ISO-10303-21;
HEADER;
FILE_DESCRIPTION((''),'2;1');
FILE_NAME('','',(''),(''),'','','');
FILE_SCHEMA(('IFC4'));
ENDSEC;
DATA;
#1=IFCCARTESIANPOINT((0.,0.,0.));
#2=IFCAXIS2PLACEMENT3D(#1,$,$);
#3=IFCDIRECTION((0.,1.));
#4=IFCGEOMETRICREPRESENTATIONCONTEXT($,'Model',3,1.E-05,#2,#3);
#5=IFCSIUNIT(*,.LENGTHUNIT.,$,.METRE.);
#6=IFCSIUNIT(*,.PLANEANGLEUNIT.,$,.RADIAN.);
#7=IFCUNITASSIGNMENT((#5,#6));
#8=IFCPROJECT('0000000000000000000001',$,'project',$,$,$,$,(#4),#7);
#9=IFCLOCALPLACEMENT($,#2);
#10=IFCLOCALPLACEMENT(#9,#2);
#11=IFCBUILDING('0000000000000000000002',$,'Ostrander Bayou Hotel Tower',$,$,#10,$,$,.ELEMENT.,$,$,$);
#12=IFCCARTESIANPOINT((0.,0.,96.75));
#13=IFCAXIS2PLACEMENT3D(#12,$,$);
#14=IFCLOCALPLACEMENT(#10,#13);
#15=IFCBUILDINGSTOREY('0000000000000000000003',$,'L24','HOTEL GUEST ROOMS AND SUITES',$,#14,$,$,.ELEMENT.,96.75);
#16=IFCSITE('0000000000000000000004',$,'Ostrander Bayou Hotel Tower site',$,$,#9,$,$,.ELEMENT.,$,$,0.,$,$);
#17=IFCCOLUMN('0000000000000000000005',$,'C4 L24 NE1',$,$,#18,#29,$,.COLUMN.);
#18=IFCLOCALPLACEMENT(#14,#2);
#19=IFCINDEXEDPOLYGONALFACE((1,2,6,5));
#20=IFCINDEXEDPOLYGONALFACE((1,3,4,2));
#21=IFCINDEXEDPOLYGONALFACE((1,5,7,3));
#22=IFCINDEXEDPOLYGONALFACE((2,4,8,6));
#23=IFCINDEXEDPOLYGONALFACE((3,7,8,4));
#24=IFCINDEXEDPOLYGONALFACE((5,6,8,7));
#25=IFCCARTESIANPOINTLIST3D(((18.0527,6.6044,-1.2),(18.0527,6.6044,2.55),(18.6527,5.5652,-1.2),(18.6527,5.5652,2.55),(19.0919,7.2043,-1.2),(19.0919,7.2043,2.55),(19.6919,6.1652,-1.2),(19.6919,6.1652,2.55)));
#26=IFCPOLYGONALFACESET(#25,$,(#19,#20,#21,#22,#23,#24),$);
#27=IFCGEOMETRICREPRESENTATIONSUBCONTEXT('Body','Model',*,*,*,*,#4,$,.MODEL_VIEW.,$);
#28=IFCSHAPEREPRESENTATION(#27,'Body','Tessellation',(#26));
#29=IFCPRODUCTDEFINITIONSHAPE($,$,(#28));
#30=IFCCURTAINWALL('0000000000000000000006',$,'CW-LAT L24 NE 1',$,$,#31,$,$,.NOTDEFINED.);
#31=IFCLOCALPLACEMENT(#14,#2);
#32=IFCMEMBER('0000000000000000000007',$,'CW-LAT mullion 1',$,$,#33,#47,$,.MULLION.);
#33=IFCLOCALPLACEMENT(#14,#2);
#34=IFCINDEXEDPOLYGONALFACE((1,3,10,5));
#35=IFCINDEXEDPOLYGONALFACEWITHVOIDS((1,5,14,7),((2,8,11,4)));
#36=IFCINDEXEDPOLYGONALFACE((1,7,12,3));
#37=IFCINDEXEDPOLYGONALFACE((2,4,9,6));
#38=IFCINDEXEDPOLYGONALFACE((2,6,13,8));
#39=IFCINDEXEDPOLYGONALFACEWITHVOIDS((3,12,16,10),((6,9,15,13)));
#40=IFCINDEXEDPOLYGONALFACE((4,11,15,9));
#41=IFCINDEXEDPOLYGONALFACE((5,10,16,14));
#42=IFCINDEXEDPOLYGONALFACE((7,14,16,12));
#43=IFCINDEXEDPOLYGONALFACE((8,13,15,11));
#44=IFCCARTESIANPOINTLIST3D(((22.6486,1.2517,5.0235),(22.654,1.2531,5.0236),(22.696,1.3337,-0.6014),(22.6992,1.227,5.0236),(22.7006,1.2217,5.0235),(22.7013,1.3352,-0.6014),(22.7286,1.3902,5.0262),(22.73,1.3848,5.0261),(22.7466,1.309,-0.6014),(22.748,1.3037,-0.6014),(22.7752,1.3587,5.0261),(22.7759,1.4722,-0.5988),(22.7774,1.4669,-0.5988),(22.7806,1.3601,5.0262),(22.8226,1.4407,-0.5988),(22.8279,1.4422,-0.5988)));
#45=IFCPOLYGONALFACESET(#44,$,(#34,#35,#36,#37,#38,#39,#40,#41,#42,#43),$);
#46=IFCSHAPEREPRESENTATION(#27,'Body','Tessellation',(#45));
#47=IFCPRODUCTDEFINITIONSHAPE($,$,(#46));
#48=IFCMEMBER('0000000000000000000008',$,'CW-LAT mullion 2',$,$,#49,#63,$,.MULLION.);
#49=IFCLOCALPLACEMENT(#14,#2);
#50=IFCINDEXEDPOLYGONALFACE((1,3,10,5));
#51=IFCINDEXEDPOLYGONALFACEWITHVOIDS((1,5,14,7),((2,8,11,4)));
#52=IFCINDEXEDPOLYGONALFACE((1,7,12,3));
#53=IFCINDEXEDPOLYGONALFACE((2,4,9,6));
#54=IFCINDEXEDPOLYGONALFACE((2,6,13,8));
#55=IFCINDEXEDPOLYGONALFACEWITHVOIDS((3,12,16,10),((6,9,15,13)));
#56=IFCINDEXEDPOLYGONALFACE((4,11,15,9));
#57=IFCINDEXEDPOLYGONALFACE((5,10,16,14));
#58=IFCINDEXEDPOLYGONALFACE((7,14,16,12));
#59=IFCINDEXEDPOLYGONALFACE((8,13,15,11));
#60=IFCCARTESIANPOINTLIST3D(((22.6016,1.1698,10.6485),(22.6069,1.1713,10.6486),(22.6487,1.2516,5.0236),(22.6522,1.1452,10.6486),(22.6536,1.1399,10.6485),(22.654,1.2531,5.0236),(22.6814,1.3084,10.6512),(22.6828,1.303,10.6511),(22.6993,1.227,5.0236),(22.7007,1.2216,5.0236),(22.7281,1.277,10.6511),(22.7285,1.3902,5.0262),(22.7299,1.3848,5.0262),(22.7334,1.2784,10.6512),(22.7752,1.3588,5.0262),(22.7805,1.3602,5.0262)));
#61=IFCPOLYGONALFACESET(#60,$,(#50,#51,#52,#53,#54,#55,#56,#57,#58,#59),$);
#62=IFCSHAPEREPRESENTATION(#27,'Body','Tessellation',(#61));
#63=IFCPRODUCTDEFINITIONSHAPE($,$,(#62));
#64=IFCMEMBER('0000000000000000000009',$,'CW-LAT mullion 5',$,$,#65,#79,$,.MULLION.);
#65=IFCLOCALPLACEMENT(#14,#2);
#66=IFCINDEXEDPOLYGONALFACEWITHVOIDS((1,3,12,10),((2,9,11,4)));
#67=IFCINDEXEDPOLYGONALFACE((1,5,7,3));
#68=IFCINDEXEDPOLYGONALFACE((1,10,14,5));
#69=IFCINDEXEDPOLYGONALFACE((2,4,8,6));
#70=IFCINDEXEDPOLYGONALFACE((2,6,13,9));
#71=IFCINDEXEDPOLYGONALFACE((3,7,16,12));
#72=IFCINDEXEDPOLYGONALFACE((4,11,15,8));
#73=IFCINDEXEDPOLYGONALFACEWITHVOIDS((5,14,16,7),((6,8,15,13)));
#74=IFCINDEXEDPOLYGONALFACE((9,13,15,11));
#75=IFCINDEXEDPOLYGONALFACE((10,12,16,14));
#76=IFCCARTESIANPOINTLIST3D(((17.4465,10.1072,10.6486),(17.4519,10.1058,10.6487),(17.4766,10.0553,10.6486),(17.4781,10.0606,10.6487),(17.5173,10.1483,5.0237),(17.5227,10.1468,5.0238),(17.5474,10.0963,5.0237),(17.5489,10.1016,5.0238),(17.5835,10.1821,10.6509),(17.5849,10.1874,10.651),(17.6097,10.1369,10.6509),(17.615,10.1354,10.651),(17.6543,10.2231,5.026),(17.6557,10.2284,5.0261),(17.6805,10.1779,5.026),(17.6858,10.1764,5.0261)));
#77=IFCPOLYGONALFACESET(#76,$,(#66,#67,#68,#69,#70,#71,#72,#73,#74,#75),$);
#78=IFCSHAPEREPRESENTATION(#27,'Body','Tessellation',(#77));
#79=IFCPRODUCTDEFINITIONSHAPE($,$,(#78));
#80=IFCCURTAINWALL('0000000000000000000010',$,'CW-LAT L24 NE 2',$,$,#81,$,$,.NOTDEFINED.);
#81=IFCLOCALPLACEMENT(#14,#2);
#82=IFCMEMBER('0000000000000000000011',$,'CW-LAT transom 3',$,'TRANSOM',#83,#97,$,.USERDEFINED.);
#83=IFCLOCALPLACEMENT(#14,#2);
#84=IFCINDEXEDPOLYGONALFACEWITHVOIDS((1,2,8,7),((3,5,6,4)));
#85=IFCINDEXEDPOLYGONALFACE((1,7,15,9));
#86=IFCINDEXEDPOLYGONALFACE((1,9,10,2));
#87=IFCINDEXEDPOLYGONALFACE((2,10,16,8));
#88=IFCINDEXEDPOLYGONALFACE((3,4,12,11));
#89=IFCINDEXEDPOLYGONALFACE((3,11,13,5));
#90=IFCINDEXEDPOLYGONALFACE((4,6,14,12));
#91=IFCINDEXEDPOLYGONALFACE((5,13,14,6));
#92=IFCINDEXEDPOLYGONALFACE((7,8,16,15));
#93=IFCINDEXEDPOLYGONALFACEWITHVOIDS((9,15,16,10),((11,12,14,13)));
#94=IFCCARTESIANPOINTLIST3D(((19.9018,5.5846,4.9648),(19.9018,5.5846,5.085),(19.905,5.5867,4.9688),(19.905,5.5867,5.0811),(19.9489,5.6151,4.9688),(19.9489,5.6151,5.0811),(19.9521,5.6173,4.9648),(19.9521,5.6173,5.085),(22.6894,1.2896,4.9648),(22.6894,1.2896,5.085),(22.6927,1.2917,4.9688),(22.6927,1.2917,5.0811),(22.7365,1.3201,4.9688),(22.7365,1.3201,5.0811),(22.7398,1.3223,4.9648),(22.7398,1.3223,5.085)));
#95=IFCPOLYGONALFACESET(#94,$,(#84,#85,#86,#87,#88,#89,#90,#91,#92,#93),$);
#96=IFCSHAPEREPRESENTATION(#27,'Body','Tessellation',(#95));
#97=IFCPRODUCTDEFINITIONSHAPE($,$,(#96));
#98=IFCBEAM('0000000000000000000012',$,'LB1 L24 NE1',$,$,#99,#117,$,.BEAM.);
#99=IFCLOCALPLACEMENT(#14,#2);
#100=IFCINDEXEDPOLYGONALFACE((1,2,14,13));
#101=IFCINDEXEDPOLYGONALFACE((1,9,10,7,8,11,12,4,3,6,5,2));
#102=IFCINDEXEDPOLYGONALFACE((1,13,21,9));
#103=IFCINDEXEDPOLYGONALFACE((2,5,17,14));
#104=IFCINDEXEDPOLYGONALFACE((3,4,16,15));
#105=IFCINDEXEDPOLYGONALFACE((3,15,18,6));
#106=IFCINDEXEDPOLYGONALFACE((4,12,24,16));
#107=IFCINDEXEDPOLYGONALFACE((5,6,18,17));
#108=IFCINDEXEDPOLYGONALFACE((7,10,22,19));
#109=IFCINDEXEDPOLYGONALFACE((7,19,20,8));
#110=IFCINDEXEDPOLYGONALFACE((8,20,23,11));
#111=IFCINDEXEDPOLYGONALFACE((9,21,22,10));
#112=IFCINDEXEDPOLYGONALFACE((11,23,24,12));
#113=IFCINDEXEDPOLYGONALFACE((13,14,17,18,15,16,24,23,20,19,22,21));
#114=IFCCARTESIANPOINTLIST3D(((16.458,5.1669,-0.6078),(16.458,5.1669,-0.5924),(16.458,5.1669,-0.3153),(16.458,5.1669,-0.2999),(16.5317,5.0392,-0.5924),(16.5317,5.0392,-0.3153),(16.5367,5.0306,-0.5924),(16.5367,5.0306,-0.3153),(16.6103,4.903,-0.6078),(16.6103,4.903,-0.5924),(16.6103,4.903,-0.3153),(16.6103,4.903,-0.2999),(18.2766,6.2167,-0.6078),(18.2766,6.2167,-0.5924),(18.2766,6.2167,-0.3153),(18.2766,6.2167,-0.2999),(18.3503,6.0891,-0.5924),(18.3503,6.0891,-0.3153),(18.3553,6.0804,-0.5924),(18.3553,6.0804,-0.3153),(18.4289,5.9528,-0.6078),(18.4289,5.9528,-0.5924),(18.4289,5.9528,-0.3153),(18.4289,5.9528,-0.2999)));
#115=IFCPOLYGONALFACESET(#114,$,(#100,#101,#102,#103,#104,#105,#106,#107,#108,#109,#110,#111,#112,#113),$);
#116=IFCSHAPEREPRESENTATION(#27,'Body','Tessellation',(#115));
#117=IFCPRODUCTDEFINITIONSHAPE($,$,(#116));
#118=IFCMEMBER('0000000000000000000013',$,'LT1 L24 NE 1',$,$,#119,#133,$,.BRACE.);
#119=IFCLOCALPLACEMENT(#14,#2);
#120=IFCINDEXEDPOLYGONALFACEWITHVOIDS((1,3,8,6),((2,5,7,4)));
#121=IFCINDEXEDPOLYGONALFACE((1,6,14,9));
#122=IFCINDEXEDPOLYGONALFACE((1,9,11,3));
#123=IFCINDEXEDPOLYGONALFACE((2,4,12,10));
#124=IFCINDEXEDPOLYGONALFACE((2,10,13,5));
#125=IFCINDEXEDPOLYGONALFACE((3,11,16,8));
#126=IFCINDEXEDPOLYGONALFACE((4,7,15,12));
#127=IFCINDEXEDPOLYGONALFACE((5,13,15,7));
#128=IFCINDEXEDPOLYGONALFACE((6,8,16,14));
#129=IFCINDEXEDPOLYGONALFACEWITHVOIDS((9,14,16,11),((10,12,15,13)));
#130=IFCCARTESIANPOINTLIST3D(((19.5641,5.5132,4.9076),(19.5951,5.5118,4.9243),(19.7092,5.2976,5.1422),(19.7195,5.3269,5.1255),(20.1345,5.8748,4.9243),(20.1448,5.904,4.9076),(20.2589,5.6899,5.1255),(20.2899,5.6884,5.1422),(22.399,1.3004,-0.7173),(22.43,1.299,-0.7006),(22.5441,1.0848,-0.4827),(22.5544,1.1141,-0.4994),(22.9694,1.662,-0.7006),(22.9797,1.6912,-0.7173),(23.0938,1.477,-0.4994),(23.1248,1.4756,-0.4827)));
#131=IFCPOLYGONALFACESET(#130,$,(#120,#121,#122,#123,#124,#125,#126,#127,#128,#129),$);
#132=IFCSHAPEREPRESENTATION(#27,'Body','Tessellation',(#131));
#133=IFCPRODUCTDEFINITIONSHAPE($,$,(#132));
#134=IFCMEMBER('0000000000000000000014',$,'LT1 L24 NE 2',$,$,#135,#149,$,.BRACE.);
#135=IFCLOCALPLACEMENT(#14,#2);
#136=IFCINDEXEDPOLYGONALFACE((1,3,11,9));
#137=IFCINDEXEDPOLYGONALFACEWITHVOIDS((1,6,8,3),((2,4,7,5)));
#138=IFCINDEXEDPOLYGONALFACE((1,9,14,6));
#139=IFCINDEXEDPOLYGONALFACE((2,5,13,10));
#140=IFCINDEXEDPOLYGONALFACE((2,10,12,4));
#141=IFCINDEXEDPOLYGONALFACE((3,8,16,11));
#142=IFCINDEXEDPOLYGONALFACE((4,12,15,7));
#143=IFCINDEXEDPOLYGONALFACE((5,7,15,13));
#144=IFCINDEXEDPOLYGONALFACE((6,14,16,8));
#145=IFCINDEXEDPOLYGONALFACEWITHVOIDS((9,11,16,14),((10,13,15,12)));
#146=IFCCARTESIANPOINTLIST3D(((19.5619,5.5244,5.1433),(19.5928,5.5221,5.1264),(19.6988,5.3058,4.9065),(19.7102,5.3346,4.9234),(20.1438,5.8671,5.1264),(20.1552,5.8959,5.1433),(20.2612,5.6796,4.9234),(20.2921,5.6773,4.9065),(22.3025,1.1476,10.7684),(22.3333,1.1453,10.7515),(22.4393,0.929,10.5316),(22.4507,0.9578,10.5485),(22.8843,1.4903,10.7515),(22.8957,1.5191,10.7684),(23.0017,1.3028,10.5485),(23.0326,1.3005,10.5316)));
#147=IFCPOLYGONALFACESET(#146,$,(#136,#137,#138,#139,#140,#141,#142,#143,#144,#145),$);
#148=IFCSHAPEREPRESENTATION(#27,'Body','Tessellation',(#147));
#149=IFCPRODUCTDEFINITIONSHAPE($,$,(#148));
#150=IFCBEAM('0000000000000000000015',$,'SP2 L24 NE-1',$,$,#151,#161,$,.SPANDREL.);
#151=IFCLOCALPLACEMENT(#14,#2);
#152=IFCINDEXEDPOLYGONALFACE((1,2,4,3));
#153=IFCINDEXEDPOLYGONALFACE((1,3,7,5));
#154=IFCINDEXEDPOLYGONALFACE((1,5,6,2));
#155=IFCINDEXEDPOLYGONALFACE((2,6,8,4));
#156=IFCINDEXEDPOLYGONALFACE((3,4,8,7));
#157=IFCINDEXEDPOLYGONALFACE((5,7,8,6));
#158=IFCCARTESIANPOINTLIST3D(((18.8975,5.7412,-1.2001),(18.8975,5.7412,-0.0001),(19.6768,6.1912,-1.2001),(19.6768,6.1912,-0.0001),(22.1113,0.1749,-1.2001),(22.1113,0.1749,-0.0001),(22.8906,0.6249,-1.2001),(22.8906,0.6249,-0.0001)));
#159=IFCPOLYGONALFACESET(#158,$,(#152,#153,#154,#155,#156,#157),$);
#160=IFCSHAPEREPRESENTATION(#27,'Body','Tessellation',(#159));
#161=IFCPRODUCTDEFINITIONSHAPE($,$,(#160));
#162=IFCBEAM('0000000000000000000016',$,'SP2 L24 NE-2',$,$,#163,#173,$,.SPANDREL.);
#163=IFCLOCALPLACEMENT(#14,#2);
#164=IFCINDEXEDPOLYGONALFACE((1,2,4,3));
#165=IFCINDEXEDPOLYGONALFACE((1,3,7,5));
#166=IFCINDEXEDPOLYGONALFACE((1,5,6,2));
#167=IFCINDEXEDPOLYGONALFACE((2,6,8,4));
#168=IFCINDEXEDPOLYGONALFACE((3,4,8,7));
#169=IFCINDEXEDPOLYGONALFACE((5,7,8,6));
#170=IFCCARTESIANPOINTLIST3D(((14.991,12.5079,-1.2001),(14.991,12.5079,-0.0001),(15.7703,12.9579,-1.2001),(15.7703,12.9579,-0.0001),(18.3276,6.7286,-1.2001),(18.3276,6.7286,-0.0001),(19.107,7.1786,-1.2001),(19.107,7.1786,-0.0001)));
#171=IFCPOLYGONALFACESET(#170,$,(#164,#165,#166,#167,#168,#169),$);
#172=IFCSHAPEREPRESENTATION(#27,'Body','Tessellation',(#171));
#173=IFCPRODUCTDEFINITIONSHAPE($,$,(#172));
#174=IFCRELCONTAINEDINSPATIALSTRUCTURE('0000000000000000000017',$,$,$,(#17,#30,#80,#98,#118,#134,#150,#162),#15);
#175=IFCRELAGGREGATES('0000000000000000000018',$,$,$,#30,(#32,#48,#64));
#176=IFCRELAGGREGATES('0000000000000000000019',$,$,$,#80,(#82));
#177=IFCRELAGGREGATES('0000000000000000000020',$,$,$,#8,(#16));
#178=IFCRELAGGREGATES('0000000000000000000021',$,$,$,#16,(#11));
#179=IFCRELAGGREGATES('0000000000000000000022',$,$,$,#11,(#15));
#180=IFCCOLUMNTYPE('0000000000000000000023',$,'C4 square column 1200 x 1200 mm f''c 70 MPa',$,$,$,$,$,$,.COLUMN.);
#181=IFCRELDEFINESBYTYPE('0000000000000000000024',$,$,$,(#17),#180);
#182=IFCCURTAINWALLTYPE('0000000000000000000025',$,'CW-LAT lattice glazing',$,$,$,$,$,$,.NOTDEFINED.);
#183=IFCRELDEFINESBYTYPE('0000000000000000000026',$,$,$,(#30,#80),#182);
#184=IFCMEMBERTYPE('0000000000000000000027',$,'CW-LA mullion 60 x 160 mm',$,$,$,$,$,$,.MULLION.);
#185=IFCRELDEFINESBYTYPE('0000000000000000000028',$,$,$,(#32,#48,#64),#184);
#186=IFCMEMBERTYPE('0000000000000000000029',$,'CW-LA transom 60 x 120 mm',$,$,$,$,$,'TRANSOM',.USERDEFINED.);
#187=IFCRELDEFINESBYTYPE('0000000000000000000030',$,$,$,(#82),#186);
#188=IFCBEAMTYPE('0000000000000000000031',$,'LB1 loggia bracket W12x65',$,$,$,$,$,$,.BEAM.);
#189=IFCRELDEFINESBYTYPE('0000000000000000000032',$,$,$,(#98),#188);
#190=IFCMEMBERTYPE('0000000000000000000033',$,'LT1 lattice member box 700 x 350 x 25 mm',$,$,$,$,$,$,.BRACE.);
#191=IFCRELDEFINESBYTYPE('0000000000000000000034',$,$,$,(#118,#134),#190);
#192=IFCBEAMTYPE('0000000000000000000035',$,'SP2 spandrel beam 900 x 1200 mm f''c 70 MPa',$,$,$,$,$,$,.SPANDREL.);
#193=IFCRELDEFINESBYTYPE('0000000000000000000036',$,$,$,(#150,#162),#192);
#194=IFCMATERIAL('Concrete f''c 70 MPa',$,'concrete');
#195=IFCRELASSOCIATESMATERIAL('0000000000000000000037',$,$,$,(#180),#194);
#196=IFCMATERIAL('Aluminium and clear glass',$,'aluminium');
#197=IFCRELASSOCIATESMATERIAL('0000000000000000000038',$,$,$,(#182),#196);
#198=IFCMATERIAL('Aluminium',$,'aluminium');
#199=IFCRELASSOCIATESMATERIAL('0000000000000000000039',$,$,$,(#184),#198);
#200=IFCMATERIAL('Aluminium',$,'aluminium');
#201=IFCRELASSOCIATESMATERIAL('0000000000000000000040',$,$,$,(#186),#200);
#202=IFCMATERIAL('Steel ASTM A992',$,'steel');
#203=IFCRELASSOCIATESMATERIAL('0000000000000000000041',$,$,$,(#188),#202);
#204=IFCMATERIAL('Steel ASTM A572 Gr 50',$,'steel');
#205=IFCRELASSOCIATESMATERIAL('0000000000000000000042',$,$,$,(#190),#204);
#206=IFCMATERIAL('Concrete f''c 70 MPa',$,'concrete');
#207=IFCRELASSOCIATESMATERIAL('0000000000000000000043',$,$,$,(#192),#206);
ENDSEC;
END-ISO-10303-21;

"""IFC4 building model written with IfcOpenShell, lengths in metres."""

from ifc_helpers import new_model, si_unit, direction, frame, origin, origin_2d, place, context, subcontext, project, spatial, rectangle, hollow_rectangle, i_section, extrude, material, material_profile, profile_set, type_object, element, aggregate, save


model = new_model("IFC4")

# Units and contexts
model_context = context("Model", 3, precision=1e-05, world=origin(), true_north=direction((0.0, 1.0)))
body_context = subcontext(model_context, "Body", "Model", "MODEL_VIEW")
ifc_project = project(units=[si_unit("LENGTHUNIT", "METRE"), si_unit("PLANEANGLEUNIT", "RADIAN")], contexts=[model_context])

# Site, building, storey
site_placement = place(None, origin())
site = spatial("IfcSite", under=ifc_project, at=site_placement, Name="Ostrander Bayou Hotel Tower site", CompositionType="ELEMENT", RefElevation=0.0)
building_placement = place(site_placement, origin())
building = spatial("IfcBuilding", under=site, at=building_placement, Name="Ostrander Bayou Hotel Tower", CompositionType="ELEMENT")
storey_placement = place(building_placement, frame((0.0, 0.0, 96.75)))
storey = spatial("IfcBuildingStorey", under=building, at=storey_placement, Name="L24", Description="HOTEL GUEST ROOMS AND SUITES", CompositionType="ELEMENT", Elevation=96.75)

# Column
ifc_material_1 = material(Name="Concrete f'c 70 MPa", Category="concrete")
ifc_material_profile_1 = material_profile(ifc_material_1, rectangle(XDim=1.2, YDim=1.2, at=origin_2d()))
ifc_profile_set_1 = profile_set([ifc_material_profile_1], Name="Concrete f'c 70 MPa")
column_type = type_object("IfcColumnType", Name="C4 square column 1200 x 1200 mm f'c 70 MPa", PredefinedType="COLUMN", material=ifc_profile_set_1)
column_placement = place(storey_placement, frame((18.8723, 6.3848, -1.2), z_axis=(0.0, 0.0, 1.0), x_axis=(0.5, -0.866025, 0.0)))
element("IfcColumn", 1, at=column_placement, inside=storey, type_object=column_type, Name="C4 L24 NE1", PredefinedType="COLUMN", context=body_context, shape_type="SweptSolid", body=[
    extrude(rectangle(XDim=1.2, YDim=1.2, at=origin_2d()), origin(), (0.0, 0.0, 1.0), 3.75),
])

# Curtain wall, members
ifc_material_2 = material(Name="Aluminium and clear glass", Category="aluminium")
curtain_wall_type = type_object("IfcCurtainWallType", Name="CW-LAT lattice glazing", PredefinedType="NOTDEFINED", material=ifc_material_2)
curtain_wall_1_placement = place(storey_placement, origin())
curtain_wall_1 = element("IfcCurtainWall", 2, at=curtain_wall_1_placement, inside=storey, type_object=curtain_wall_type, Name="CW-LAT L24 NE 1", PredefinedType="NOTDEFINED")
ifc_material_3 = material(Name="Aluminium", Category="aluminium")
ifc_material_profile_2 = material_profile(ifc_material_3, hollow_rectangle(XDim=0.0601, YDim=0.1599, WallThickness=0.0039, at=origin_2d()))
ifc_profile_set_2 = profile_set([ifc_material_profile_2], Name="Aluminium")
member_type_1 = type_object("IfcMemberType", Name="CW-LA mullion 60 x 160 mm", PredefinedType="MULLION", material=ifc_profile_set_2)
member_1_placement = place(storey_placement, frame((22.762, 1.3879, -0.6001), z_axis=(-0.008419, -0.014581, 0.999858), x_axis=(0.866014, -0.50002, 0.0)))
member_1 = element("IfcMember", 3, at=member_1_placement, type_object=member_type_1, Name="CW-LAT mullion 1", PredefinedType="MULLION", context=body_context, shape_type="SweptSolid", body=[
    extrude(hollow_rectangle(XDim=0.0601, YDim=0.1599, WallThickness=0.0039, at=origin_2d()), origin(), (0.0, 0.0, 1.0), 5.6257),
])
member_2_placement = place(storey_placement, frame((22.7146, 1.3059, 5.0249), z_axis=(-0.008376, -0.014538, 0.999859), x_axis=(0.866487, -0.4992, 0.0)))
member_2 = element("IfcMember", 4, at=member_2_placement, type_object=member_type_1, Name="CW-LAT mullion 2", PredefinedType="MULLION", context=body_context, shape_type="SweptSolid", body=[
    extrude(hollow_rectangle(XDim=0.0601, YDim=0.1599, WallThickness=0.0039, at=origin_2d()), origin(), (0.0, 0.0, 1.0), 5.6257),
])
member_3_placement = place(storey_placement, frame((17.6016, 10.1624, 5.0249), z_axis=(-0.012585, -0.007291, 0.999894), x_axis=(0.501271, -0.86529, 0.0)))
member_3 = element("IfcMember", 5, at=member_3_placement, type_object=member_type_1, Name="CW-LAT mullion 5", PredefinedType="MULLION", context=body_context, shape_type="SweptSolid", body=[
    extrude(hollow_rectangle(XDim=0.0601, YDim=0.1599, WallThickness=0.0039, at=origin_2d()), origin(), (0.0, 0.0, 1.0), 5.6255),
])

# Curtain wall, member
curtain_wall_2_placement = place(storey_placement, origin())
curtain_wall_2 = element("IfcCurtainWall", 6, at=curtain_wall_2_placement, inside=storey, type_object=curtain_wall_type, Name="CW-LAT L24 NE 2", PredefinedType="NOTDEFINED")
ifc_material_4 = material(Name="Aluminium", Category="aluminium")
ifc_material_profile_3 = material_profile(ifc_material_4, hollow_rectangle(XDim=0.0601, YDim=0.1201, WallThickness=0.0039, at=origin_2d()))
ifc_profile_set_3 = profile_set([ifc_material_profile_3], Name="Aluminium")
member_type_2 = type_object("IfcMemberType", Name="CW-LA transom 60 x 120 mm", ElementType="TRANSOM", PredefinedType="USERDEFINED", material=ifc_profile_set_3)
member_4_placement = place(storey_placement, frame((22.7146, 1.3059, 5.0249), z_axis=(-0.544425, 0.838809, 0.0), x_axis=(-0.838809, -0.544425, 0.0)))
member_4 = element("IfcMember", 7, at=member_4_placement, type_object=member_type_2, Name="CW-LAT transom 3", ObjectType="TRANSOM", PredefinedType="USERDEFINED", context=body_context, shape_type="SweptSolid", body=[
    extrude(hollow_rectangle(XDim=0.0601, YDim=0.1201, WallThickness=0.0039, at=origin_2d()), origin(), (0.0, 0.0, 1.0), 5.1204),
])

# Beam
ifc_material_5 = material(Name="Steel ASTM A992", Category="steel")
ifc_material_profile_4 = material_profile(ifc_material_5, i_section(OverallWidth=0.3047, OverallDepth=0.3079, WebThickness=0.01, FlangeThickness=0.0154, at=origin_2d()))
ifc_profile_set_4 = profile_set([ifc_material_profile_4], Name="Steel ASTM A992")
beam_type_1 = type_object("IfcBeamType", Name="LB1 loggia bracket W12x65", PredefinedType="BEAM", material=ifc_profile_set_4)
beam_1_placement = place(storey_placement, frame((18.3528, 6.0847, -0.4539), z_axis=(-0.86606, -0.499941, 0.0), x_axis=(0.499941, -0.86606, 0.0)))
element("IfcBeam", 8, at=beam_1_placement, inside=storey, type_object=beam_type_1, Name="LB1 L24 NE1", PredefinedType="BEAM", context=body_context, shape_type="SweptSolid", body=[
    extrude(i_section(OverallWidth=0.3047, OverallDepth=0.3079, WebThickness=0.01, FlangeThickness=0.0154, at=origin_2d()), origin(), (0.0, 0.0, 1.0), 2.0999),
])

# Members
ifc_material_6 = material(Name="Steel ASTM A572 Gr 50", Category="steel")
ifc_material_profile_5 = material_profile(ifc_material_6, hollow_rectangle(XDim=0.7, YDim=0.3501, WallThickness=0.0249, at=origin_2d()))
ifc_profile_set_5 = profile_set([ifc_material_profile_5], Name="Steel ASTM A572 Gr 50")
member_type_3 = type_object("IfcMemberType", Name="LT1 lattice member box 700 x 350 x 25 mm", PredefinedType="BRACE", material=ifc_profile_set_5)
member_5_placement = place(storey_placement, frame((19.927, 5.6008, 5.0249), z_axis=(0.374104, -0.555937, -0.74228), x_axis=(0.829646, 0.55829, 0.0)))
element("IfcMember", 9, at=member_5_placement, inside=storey, type_object=member_type_3, Name="LT1 L24 NE 1", PredefinedType="BRACE", context=body_context, shape_type="SweptSolid", body=[
    extrude(hollow_rectangle(XDim=0.7, YDim=0.3501, WallThickness=0.0249, at=origin_2d()), origin(), (0.0, 0.0, 1.0), 7.5779),
])
member_6_placement = place(storey_placement, frame((19.927, 5.6008, 5.0249), z_axis=(0.358896, -0.573178, 0.736655), x_axis=(0.84756, 0.5307, 0.0)))
element("IfcMember", 10, at=member_6_placement, inside=storey, type_object=member_type_3, Name="LT1 L24 NE 2", PredefinedType="BRACE", context=body_context, shape_type="SweptSolid", body=[
    extrude(hollow_rectangle(XDim=0.7, YDim=0.3501, WallThickness=0.0249, at=origin_2d()), origin(), (0.0, 0.0, 1.0), 7.636),
])

# Beams
ifc_material_7 = material(Name="Concrete f'c 70 MPa", Category="concrete")
ifc_material_profile_6 = material_profile(ifc_material_7, rectangle(XDim=0.8999, YDim=1.2, at=origin_2d()))
ifc_profile_set_6 = profile_set([ifc_material_profile_6], Name="Concrete f'c 70 MPa")
beam_type_2 = type_object("IfcBeamType", Name="SP2 spandrel beam 900 x 1200 mm f'c 70 MPa", PredefinedType="SPANDREL", material=ifc_profile_set_6)
beam_2_placement = place(storey_placement, frame((22.501, 0.3999, -0.6001), z_axis=(-0.500012, 0.866019, 0.0), x_axis=(-0.866019, -0.500012, 0.0)))
element("IfcBeam", 11, at=beam_2_placement, inside=storey, type_object=beam_type_2, Name="SP2 L24 NE-1", PredefinedType="SPANDREL", context=body_context, shape_type="SweptSolid", body=[
    extrude(rectangle(XDim=0.8999, YDim=1.2, at=origin_2d()), origin(), (0.0, 0.0, 1.0), 6.4275),
])
beam_3_placement = place(storey_placement, frame((18.7173, 6.9536, -0.6001), z_axis=(-0.499999, 0.866026, 0.0), x_axis=(-0.866026, -0.499999, 0.0)))
element("IfcBeam", 12, at=beam_3_placement, inside=storey, type_object=beam_type_2, Name="SP2 L24 NE-2", PredefinedType="SPANDREL", context=body_context, shape_type="SweptSolid", body=[
    extrude(rectangle(XDim=0.8999, YDim=1.2, at=origin_2d()), origin(), (0.0, 0.0, 1.0), 6.6733),
])

aggregate(curtain_wall_1, [member_1, member_2, member_3])
aggregate(curtain_wall_2, [member_4])

save(model, "model.ifc")
